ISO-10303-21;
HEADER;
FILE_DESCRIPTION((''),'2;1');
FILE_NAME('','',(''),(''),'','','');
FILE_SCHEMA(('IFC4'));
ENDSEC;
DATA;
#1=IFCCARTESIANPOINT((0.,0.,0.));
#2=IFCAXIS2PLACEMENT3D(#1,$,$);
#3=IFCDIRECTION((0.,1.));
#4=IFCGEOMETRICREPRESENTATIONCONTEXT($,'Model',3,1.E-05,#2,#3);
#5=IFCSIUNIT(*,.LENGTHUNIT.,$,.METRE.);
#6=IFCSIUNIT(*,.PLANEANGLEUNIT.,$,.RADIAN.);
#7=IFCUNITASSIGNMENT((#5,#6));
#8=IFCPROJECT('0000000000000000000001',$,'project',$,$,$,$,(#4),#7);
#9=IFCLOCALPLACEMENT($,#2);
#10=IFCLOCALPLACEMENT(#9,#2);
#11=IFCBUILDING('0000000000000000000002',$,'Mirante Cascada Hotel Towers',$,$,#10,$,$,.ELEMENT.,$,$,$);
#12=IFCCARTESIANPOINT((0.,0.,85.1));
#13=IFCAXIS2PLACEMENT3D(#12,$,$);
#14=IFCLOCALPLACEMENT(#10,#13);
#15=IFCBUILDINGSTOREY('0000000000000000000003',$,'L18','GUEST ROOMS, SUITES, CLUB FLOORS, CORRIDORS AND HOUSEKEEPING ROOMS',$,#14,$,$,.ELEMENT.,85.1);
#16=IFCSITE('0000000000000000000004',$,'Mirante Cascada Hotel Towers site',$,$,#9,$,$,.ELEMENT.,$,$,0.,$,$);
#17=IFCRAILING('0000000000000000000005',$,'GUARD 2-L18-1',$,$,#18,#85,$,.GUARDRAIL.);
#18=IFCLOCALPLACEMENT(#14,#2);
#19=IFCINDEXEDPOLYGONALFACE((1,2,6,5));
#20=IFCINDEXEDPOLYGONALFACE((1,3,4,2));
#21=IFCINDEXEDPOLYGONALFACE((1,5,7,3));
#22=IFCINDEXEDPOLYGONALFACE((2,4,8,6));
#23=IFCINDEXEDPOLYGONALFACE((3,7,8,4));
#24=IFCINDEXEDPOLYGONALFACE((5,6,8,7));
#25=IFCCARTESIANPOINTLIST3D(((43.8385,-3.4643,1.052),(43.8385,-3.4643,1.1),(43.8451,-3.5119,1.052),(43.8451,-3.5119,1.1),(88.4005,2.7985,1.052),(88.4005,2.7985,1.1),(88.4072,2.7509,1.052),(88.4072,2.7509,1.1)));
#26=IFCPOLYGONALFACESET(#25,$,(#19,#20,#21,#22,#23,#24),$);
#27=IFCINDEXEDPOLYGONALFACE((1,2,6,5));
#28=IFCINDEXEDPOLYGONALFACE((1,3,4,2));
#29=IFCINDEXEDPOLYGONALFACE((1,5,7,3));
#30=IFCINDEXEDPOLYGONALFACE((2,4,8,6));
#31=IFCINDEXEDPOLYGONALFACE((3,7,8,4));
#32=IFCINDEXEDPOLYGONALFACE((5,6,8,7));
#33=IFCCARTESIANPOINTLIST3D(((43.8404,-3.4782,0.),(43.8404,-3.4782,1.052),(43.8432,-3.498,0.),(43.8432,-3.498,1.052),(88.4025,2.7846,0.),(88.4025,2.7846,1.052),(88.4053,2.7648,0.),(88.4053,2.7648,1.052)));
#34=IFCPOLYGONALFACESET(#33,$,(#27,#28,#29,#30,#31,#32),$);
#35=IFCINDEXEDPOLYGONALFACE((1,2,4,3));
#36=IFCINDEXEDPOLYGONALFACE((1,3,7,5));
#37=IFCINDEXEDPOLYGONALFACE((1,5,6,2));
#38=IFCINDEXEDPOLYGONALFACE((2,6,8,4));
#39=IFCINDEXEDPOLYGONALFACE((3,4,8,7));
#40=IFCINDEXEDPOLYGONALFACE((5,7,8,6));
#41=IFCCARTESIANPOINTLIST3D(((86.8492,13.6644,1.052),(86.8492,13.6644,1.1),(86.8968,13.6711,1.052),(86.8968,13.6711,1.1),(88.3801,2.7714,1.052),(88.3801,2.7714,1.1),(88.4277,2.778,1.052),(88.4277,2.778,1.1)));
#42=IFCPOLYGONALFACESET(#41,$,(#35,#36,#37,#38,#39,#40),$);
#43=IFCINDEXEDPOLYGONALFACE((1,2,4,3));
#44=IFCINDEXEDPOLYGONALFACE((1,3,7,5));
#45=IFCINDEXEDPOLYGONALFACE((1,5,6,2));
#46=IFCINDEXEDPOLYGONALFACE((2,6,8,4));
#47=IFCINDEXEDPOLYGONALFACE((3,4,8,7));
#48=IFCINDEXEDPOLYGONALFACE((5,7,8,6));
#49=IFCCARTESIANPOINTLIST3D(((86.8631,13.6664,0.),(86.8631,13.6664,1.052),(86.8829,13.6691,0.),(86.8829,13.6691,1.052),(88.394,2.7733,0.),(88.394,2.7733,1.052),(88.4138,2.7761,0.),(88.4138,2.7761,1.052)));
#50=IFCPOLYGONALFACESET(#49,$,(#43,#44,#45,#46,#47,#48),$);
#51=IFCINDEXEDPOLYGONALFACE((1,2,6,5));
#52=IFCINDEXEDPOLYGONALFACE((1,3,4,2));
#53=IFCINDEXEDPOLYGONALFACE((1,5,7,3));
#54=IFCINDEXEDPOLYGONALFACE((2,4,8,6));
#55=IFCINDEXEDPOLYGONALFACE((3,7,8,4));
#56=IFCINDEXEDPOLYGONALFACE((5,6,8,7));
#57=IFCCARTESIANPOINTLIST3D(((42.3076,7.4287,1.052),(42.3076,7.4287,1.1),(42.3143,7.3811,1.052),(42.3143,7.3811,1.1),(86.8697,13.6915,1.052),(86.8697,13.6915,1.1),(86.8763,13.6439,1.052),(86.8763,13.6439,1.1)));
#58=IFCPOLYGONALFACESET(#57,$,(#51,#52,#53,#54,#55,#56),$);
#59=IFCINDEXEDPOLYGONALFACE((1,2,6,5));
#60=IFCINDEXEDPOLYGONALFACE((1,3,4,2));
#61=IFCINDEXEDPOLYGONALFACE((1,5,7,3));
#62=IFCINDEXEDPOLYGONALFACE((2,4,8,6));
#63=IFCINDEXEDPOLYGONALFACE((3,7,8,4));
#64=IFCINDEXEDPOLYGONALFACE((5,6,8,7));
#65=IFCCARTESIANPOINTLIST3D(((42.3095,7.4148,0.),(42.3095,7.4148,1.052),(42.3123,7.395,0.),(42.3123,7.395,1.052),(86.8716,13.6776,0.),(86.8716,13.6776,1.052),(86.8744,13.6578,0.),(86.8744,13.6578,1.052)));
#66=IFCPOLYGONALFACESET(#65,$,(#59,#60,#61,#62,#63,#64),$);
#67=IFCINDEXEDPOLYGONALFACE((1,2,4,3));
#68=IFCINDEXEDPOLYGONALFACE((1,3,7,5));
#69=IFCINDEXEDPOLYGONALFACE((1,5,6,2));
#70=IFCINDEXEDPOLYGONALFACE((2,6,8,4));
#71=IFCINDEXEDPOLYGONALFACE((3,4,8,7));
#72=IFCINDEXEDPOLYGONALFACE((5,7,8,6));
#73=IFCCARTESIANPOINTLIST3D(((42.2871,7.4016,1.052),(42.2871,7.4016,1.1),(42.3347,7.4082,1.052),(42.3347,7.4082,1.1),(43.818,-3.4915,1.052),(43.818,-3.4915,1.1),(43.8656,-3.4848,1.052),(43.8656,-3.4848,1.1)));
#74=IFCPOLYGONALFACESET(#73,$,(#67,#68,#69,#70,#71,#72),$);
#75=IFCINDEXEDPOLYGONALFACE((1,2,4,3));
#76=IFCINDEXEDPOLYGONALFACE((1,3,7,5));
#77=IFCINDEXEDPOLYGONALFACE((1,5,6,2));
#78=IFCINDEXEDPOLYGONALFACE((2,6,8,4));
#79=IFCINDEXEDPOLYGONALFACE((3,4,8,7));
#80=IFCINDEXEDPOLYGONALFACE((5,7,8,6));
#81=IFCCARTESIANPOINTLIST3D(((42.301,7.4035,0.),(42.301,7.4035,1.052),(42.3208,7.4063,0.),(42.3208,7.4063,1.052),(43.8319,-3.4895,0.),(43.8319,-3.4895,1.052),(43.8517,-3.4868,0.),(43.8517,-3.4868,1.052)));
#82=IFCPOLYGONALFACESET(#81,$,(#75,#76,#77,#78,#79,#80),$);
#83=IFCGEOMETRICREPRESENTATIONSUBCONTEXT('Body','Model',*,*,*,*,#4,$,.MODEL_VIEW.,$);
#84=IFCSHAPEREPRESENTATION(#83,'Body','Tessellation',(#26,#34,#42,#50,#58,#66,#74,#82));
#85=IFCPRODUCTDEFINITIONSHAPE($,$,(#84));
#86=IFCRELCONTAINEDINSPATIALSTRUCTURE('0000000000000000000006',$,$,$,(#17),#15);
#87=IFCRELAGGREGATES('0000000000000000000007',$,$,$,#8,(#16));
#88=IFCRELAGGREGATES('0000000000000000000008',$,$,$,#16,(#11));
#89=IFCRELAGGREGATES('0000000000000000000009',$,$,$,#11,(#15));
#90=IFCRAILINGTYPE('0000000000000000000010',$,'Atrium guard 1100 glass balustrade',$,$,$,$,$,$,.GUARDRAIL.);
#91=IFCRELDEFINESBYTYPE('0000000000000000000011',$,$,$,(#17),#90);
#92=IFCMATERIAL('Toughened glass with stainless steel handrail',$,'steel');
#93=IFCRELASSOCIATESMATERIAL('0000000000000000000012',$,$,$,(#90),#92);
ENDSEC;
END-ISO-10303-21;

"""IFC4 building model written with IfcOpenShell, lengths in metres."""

from ifc_helpers import new_model, si_unit, direction, frame, origin, origin_2d, place, context, subcontext, project, spatial, rectangle, extrude, material, type_object, element, save


model = new_model("IFC4")

# Units and contexts
model_context = context("Model", 3, precision=1e-05, world=origin(), true_north=direction((0.0, 1.0)))
body_context = subcontext(model_context, "Body", "Model", "MODEL_VIEW")
ifc_project = project(units=[si_unit("LENGTHUNIT", "METRE"), si_unit("PLANEANGLEUNIT", "RADIAN")], contexts=[model_context])

# Site, building, storey
site_placement = place(None, origin())
site = spatial("IfcSite", under=ifc_project, at=site_placement, Name="Mirante Cascada Hotel Towers site", CompositionType="ELEMENT", RefElevation=0.0)
building_placement = place(site_placement, origin())
building = spatial("IfcBuilding", under=site, at=building_placement, Name="Mirante Cascada Hotel Towers", CompositionType="ELEMENT")
storey_placement = place(building_placement, frame((0.0, 0.0, 85.1)))
storey = spatial("IfcBuildingStorey", under=building, at=storey_placement, Name="L18", Description="GUEST ROOMS, SUITES, CLUB FLOORS, CORRIDORS AND HOUSEKEEPING ROOMS", CompositionType="ELEMENT", Elevation=85.1)

# Railing
ifc_material_1 = material(Name="Toughened glass with stainless steel handrail", Category="steel")
railing_type = type_object("IfcRailingType", Name="Atrium guard 1100 glass balustrade", PredefinedType="GUARDRAIL", material=ifc_material_1)
railing_placement = place(storey_placement, frame((43.8418, -3.4881, 0.0)))
element("IfcRailing", 1, at=railing_placement, inside=storey, type_object=railing_type, Name="GUARD 2-L18-1", PredefinedType="GUARDRAIL", context=body_context, shape_type="SweptSolid", body=[
    extrude(rectangle(XDim=0.048, YDim=0.048, at=origin_2d()), frame((0.0, 0.0, 1.076), z_axis=(0.990268, 0.139173, 0.0), x_axis=(-0.139173, 0.990268, 0.0)), (0.0, 0.0, 1.0), 45.0),
    extrude(rectangle(XDim=0.02, YDim=1.052, at=origin_2d()), frame((0.0, 0.0, 0.526), z_axis=(0.990268, 0.139173, 0.0), x_axis=(-0.139173, 0.990268, 0.0)), (0.0, 0.0, 1.0), 45.0),
    extrude(rectangle(XDim=0.048, YDim=0.048, at=origin_2d()), frame((44.5621, 6.2628, 1.076), z_axis=(-0.139172, 0.990268, 0.0), x_axis=(-0.990268, -0.139172, 0.0)), (0.0, 0.0, 1.0), 11.0001),
    extrude(rectangle(XDim=0.02, YDim=1.052, at=origin_2d()), frame((44.5621, 6.2628, 0.526), z_axis=(-0.139172, 0.990268, 0.0), x_axis=(-0.990268, -0.139172, 0.0)), (0.0, 0.0, 1.0), 11.0001),
    extrude(rectangle(XDim=0.048, YDim=0.048, at=origin_2d()), frame((43.0312, 17.1558, 1.076), z_axis=(-0.990268, -0.139173, 0.0), x_axis=(0.139173, -0.990268, 0.0)), (0.0, 0.0, 1.0), 45.0),
    extrude(rectangle(XDim=0.02, YDim=1.052, at=origin_2d()), frame((43.0312, 17.1558, 0.526), z_axis=(-0.990268, -0.139173, 0.0), x_axis=(0.139173, -0.990268, 0.0)), (0.0, 0.0, 1.0), 45.0),
    extrude(rectangle(XDim=0.048, YDim=0.048, at=origin_2d()), frame((-1.5309, 10.893, 1.076), z_axis=(0.139172, -0.990268, 0.0), x_axis=(0.990268, 0.139172, 0.0)), (0.0, 0.0, 1.0), 11.0001),
    extrude(rectangle(XDim=0.02, YDim=1.052, at=origin_2d()), frame((-1.5309, 10.893, 0.526), z_axis=(0.139172, -0.990268, 0.0), x_axis=(0.990268, 0.139172, 0.0)), (0.0, 0.0, 1.0), 11.0001),
])

save(model, "model.ifc")
